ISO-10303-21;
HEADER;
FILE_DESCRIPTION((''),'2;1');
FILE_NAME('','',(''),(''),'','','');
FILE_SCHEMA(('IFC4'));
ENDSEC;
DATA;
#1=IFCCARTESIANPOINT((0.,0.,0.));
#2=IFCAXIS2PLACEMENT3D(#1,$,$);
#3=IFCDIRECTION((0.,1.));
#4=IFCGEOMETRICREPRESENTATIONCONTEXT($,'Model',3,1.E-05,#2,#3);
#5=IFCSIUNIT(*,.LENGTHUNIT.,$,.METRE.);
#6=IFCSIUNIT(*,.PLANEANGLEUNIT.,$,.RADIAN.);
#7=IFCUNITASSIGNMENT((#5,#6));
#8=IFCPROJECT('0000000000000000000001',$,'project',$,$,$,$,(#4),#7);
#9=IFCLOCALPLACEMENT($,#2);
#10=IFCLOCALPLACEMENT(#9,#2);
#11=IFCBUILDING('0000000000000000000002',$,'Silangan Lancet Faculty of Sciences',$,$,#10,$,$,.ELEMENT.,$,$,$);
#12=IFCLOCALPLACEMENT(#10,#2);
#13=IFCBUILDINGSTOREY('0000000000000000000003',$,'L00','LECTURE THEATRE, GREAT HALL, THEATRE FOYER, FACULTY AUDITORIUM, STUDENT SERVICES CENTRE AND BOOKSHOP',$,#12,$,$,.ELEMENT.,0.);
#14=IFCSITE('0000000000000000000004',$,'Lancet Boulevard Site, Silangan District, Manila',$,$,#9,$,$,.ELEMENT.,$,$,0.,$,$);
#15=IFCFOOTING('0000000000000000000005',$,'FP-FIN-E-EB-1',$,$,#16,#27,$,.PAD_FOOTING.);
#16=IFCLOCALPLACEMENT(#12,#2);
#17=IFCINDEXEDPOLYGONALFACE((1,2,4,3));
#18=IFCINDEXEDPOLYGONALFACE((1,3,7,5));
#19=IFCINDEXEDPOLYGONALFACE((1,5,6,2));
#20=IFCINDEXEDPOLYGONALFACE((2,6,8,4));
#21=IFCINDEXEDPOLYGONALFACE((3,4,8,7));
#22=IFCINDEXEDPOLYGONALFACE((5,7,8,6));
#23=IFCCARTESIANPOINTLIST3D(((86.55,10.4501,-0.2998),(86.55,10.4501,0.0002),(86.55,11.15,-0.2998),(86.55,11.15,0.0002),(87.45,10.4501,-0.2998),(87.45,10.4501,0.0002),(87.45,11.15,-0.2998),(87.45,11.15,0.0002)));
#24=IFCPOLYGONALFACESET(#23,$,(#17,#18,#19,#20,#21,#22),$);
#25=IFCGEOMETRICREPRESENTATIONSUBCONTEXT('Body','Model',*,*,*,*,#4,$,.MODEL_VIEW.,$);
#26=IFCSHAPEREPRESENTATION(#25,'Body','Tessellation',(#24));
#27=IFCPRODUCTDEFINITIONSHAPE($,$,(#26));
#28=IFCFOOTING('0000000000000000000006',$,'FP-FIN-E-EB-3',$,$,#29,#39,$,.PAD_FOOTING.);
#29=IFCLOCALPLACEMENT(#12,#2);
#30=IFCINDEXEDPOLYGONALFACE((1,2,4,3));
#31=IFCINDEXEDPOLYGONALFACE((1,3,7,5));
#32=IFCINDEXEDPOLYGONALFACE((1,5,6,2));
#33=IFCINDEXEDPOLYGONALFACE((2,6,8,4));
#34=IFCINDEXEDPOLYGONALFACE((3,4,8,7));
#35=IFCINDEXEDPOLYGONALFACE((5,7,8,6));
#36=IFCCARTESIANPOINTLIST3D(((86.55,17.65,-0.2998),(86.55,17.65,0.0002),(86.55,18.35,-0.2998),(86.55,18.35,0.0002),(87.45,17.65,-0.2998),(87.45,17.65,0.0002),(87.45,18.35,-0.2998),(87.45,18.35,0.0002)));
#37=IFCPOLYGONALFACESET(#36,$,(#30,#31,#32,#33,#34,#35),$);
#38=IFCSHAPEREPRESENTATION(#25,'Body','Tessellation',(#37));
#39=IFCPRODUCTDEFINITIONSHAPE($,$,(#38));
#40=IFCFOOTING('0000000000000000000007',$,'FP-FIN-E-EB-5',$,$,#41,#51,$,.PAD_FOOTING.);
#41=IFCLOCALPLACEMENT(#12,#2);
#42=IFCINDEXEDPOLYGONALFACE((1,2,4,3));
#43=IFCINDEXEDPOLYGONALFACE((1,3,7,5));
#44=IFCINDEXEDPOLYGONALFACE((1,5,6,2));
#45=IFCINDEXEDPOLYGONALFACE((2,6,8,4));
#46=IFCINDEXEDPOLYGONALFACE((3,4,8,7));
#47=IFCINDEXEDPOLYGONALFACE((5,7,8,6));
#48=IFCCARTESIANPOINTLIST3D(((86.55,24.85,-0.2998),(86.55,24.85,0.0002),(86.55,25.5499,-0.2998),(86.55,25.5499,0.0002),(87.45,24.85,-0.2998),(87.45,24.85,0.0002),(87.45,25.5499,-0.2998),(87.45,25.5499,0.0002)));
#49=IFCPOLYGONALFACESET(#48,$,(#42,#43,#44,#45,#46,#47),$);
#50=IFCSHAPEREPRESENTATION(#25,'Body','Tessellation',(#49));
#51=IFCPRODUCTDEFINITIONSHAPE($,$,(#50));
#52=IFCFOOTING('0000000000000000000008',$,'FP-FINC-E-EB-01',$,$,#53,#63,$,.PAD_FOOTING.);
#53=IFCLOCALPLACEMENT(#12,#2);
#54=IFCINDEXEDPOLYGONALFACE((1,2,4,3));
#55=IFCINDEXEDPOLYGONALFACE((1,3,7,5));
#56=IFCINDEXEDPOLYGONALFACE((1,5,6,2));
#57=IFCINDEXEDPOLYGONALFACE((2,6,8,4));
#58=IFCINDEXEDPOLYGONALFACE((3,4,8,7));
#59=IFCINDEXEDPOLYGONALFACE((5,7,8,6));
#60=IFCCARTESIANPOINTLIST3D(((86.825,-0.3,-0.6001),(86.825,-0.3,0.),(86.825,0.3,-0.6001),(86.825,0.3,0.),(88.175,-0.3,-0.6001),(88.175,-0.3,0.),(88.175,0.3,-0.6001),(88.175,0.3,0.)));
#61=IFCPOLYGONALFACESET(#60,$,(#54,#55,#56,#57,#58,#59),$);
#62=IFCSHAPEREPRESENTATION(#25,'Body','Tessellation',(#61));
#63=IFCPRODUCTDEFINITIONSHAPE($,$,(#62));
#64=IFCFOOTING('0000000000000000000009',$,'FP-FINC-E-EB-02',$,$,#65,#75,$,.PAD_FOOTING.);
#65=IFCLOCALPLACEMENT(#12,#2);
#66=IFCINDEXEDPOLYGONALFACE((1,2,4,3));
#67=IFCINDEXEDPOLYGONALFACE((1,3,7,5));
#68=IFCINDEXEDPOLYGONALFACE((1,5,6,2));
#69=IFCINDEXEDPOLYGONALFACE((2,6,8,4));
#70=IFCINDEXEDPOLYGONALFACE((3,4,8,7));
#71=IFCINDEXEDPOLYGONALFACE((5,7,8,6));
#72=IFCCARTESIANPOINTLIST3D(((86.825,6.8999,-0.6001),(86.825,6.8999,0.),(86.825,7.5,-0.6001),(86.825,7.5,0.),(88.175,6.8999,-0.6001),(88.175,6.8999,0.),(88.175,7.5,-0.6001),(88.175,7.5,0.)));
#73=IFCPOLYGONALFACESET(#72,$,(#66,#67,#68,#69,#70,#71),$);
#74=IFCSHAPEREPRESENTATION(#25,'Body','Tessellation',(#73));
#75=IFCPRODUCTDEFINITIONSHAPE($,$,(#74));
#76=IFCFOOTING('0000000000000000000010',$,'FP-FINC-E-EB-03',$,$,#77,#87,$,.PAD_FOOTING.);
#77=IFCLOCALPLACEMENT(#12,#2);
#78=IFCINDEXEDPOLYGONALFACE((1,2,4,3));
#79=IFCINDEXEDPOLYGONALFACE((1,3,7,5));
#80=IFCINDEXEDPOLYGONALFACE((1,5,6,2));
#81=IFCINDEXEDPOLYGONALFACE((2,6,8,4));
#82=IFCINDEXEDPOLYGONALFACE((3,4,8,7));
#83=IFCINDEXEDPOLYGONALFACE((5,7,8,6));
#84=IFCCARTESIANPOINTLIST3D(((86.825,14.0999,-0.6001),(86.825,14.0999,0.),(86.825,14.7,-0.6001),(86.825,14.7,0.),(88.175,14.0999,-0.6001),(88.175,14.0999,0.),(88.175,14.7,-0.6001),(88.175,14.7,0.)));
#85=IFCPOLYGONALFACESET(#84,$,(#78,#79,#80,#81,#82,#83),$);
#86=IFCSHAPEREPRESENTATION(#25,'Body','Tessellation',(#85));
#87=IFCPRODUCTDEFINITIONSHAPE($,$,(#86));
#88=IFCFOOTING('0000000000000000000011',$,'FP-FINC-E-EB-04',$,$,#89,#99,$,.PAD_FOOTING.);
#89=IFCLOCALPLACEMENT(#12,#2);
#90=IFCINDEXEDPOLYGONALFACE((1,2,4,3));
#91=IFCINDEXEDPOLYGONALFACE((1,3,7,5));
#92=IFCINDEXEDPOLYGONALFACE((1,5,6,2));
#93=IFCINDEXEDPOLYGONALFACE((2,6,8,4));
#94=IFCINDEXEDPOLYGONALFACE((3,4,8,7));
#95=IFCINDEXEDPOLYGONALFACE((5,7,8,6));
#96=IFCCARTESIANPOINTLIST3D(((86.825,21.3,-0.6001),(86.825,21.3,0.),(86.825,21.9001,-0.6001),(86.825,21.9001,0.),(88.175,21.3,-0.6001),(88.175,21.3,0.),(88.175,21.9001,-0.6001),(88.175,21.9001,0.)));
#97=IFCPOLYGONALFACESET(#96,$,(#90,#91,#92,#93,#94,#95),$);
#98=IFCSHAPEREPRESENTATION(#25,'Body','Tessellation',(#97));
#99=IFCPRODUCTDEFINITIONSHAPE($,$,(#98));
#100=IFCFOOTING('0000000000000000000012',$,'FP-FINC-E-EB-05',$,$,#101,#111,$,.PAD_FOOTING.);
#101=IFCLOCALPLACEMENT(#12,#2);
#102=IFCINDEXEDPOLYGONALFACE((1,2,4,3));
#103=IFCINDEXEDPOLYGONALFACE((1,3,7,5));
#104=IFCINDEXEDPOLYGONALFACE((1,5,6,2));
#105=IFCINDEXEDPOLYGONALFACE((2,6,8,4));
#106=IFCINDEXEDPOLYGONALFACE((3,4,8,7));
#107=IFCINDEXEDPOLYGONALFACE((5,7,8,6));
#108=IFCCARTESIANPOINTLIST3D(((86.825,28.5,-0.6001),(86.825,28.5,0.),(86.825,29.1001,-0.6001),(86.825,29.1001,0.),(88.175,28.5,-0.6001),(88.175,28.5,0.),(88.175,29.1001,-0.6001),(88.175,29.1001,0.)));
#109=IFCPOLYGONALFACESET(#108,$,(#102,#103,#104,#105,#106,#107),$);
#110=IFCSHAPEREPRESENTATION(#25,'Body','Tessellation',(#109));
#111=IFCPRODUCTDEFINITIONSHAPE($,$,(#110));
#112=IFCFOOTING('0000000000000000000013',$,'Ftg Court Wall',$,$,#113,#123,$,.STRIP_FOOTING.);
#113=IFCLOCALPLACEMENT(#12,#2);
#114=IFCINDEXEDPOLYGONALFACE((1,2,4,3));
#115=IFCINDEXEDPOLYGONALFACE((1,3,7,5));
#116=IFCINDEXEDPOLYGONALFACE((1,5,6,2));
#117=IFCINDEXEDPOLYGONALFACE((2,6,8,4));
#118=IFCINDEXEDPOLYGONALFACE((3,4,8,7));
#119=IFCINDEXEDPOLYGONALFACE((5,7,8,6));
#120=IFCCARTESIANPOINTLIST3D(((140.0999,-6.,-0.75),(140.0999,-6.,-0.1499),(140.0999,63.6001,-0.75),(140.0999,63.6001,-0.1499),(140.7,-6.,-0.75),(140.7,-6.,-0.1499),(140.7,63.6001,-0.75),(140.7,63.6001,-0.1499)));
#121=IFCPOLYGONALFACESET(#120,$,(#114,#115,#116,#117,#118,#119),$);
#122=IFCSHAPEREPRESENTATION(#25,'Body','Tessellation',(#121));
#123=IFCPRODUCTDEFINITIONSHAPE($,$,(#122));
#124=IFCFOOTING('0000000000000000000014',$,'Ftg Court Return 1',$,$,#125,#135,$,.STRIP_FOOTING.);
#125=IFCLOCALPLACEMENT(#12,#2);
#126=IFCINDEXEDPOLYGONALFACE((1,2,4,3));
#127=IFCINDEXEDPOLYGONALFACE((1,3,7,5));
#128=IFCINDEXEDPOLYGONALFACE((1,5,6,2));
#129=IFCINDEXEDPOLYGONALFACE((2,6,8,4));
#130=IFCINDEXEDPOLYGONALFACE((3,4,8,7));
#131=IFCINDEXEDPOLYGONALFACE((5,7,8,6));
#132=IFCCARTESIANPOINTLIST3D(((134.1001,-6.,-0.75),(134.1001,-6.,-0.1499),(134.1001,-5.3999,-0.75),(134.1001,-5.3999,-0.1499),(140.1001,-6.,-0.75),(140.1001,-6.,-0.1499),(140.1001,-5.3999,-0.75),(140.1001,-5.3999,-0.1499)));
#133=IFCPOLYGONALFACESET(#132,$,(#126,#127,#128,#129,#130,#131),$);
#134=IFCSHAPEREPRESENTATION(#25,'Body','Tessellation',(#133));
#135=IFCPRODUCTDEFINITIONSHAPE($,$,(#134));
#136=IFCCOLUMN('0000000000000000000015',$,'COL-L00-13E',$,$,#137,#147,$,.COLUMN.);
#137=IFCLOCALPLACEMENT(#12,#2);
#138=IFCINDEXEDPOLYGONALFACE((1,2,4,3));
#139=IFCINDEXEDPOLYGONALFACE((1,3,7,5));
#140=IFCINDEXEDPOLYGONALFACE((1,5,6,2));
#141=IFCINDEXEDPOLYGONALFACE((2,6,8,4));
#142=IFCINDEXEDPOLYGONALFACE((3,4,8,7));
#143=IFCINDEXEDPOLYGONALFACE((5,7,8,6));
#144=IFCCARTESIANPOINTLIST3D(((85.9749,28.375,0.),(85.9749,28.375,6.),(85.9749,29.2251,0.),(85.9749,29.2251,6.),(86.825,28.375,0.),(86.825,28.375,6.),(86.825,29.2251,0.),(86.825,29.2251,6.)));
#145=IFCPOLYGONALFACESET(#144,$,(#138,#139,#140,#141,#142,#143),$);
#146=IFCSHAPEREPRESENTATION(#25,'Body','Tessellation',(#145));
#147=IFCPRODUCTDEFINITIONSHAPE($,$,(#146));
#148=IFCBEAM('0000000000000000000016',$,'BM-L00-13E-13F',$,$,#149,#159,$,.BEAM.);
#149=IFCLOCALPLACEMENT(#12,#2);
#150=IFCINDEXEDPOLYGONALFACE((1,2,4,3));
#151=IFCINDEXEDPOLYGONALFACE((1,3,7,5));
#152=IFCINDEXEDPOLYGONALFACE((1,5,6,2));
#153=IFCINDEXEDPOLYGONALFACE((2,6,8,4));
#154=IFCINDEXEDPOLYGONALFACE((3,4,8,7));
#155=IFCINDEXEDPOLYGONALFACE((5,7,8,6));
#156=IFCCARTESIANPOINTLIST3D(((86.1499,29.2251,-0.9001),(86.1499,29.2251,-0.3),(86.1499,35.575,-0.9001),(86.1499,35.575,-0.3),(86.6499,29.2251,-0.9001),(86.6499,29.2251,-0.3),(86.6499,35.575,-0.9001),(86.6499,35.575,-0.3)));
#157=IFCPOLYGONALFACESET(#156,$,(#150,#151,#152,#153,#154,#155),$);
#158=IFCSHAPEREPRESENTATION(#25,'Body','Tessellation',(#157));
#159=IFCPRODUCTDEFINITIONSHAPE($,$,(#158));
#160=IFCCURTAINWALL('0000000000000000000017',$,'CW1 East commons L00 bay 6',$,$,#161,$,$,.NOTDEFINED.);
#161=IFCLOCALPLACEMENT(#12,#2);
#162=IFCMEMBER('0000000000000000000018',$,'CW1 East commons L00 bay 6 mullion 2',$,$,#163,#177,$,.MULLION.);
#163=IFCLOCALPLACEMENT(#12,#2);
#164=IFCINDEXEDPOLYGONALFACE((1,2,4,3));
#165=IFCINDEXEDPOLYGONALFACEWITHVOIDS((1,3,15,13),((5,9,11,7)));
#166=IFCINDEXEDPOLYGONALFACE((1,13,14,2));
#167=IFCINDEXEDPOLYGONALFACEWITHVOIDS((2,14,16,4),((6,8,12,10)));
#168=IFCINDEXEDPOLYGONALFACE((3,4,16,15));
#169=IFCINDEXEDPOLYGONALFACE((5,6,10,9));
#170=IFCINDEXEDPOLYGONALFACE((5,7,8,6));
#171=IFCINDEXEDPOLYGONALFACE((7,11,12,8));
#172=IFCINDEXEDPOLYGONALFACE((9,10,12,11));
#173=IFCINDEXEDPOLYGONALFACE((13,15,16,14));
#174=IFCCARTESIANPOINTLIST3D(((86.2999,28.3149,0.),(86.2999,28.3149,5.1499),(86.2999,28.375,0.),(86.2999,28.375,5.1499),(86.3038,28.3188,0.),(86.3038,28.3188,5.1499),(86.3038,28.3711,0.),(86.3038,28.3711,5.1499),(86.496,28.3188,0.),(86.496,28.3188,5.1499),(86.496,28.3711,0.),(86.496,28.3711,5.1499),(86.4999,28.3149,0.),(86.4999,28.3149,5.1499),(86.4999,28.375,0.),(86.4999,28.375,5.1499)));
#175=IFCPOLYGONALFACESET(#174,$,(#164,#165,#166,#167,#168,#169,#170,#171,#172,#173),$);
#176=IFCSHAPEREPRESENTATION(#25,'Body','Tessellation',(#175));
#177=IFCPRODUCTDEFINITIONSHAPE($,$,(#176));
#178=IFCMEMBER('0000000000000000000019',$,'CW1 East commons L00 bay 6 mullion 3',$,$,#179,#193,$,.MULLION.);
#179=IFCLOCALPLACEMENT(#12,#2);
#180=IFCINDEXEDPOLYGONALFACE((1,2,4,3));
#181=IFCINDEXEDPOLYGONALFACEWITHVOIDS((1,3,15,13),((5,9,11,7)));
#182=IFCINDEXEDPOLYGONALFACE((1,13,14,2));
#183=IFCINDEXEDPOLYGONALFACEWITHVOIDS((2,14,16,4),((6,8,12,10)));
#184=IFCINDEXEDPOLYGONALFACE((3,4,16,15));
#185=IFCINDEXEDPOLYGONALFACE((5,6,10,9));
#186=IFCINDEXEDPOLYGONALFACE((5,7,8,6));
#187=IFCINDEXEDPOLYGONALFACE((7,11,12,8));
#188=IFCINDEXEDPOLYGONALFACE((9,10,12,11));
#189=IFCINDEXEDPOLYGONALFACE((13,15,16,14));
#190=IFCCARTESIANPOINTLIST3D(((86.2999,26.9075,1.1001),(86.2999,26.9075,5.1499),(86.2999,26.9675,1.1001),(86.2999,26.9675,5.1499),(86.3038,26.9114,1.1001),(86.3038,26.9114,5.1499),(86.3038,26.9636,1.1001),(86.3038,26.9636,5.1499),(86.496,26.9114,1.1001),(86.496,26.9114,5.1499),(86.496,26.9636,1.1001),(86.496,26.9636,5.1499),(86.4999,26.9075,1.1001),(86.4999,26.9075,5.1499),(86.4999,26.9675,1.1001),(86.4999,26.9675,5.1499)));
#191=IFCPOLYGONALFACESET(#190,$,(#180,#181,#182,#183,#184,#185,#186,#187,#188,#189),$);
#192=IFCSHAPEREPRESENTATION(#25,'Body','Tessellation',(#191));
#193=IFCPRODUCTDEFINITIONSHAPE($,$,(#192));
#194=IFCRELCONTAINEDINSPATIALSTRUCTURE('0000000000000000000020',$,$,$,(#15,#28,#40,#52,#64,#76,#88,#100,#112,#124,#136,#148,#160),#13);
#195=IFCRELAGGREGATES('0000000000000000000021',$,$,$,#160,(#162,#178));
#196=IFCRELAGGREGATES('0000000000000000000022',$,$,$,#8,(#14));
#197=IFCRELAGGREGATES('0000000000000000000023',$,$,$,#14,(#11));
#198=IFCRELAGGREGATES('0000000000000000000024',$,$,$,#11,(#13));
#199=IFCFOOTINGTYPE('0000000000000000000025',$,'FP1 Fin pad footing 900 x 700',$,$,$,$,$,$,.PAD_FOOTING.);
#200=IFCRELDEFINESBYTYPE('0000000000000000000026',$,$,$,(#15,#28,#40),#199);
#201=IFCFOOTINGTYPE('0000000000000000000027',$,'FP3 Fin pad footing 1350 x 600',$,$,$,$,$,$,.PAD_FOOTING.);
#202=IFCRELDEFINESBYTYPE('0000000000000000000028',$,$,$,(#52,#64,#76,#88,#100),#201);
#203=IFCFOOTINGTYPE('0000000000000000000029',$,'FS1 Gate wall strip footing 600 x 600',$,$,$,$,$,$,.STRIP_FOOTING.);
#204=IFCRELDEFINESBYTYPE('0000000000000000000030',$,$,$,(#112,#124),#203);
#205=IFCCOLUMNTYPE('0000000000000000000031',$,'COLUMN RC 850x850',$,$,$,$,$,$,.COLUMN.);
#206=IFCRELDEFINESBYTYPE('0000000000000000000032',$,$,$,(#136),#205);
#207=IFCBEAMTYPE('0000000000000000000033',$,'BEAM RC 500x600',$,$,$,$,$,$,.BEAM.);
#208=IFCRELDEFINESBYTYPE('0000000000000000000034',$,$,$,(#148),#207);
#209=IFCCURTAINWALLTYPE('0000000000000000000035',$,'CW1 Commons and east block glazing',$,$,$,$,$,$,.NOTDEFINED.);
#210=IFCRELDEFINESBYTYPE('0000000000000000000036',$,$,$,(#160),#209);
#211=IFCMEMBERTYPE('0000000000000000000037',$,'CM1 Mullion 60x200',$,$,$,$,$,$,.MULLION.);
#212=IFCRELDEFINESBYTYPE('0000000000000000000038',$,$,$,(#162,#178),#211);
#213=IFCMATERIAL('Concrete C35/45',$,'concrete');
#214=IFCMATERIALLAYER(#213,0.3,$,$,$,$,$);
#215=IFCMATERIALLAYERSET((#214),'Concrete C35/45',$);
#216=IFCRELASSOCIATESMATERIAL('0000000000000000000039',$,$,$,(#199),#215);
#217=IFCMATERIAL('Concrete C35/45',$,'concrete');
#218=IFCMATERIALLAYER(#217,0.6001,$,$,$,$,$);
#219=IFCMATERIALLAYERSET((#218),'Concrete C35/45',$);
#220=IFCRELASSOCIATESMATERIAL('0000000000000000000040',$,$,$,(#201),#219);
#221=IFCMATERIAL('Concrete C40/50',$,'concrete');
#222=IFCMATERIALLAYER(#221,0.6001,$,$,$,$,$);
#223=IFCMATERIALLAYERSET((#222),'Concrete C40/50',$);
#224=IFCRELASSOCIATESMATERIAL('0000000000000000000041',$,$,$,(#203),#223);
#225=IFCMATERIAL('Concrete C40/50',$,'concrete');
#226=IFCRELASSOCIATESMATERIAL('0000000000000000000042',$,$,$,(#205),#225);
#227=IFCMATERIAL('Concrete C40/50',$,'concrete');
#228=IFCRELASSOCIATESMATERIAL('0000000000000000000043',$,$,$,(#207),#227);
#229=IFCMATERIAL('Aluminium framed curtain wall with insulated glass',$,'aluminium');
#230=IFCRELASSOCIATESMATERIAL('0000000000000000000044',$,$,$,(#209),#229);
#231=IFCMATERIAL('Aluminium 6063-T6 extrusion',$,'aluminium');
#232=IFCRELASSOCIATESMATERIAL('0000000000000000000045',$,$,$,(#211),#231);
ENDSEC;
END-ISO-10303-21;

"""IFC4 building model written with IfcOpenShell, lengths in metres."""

from ifc_helpers import new_model, si_unit, direction, frame, origin, origin_2d, place, context, subcontext, project, spatial, rectangle, hollow_rectangle, extrude, material, layer, layer_set, material_profile, profile_set, type_object, element, aggregate, save


model = new_model("IFC4")

# Units and contexts
model_context = context("Model", 3, precision=1e-05, world=origin(), true_north=direction((0.0, 1.0)))
body_context = subcontext(model_context, "Body", "Model", "MODEL_VIEW")
ifc_project = project(units=[si_unit("LENGTHUNIT", "METRE"), si_unit("PLANEANGLEUNIT", "RADIAN")], contexts=[model_context])

# Site, building, storey
site_placement = place(None, origin())
site = spatial("IfcSite", under=ifc_project, at=site_placement, Name="Lancet Boulevard Site, Silangan District, Manila", CompositionType="ELEMENT", RefElevation=0.0)
building_placement = place(site_placement, origin())
building = spatial("IfcBuilding", under=site, at=building_placement, Name="Silangan Lancet Faculty of Sciences", CompositionType="ELEMENT")
storey_placement = place(building_placement, origin())
storey = spatial("IfcBuildingStorey", under=building, at=storey_placement, Name="L00", Description="LECTURE THEATRE, GREAT HALL, THEATRE FOYER, FACULTY AUDITORIUM, STUDENT SERVICES CENTRE AND BOOKSHOP", CompositionType="ELEMENT", Elevation=0.0)

# Footings
ifc_material_1 = material(Name="Concrete C35/45", Category="concrete")
ifc_layer_1 = layer(ifc_material_1, 0.3)
ifc_layer_set_1 = layer_set([ifc_layer_1], Name="Concrete C35/45")
footing_type_1 = type_object("IfcFootingType", Name="FP1 Fin pad footing 900 x 700", PredefinedType="PAD_FOOTING", material=ifc_layer_set_1)
for number, where, z_axis, x_axis, name in (
    (1, (87.0, 10.8, -0.2998), (0.0, 0.0, 1.0), (1.0, 0.0, 0.0), "FP-FIN-E-EB-1"),
    (2, (87.0, 18.0, -0.2998), (0.0, 0.0, 1.0), (1.0, 0.0, 0.0), "FP-FIN-E-EB-3"),
    (3, (87.0, 25.2, -0.2998), (0.0, 0.0, 1.0), (1.0, 0.0, 0.0), "FP-FIN-E-EB-5"),
):
    element("IfcFooting", number, at=place(storey_placement, frame(where, z_axis=z_axis, x_axis=x_axis)), inside=storey, type_object=footing_type_1, Name=name, PredefinedType="PAD_FOOTING", context=body_context, shape_type="SweptSolid", body=[
        extrude(rectangle(XDim=0.8999, YDim=0.7, at=origin_2d()), origin(), (0.0, 0.0, 1.0), 0.3),
    ])
ifc_material_2 = material(Name="Concrete C35/45", Category="concrete")
ifc_layer_2 = layer(ifc_material_2, 0.6001)
ifc_layer_set_2 = layer_set([ifc_layer_2], Name="Concrete C35/45")
footing_type_2 = type_object("IfcFootingType", Name="FP3 Fin pad footing 1350 x 600", PredefinedType="PAD_FOOTING", material=ifc_layer_set_2)
for number, where, z_axis, x_axis, name in (
    (4, (87.5, 0.0, -0.6001), (0.0, 0.0, 1.0), (1.0, 0.0, 0.0), "FP-FINC-E-EB-01"),
    (5, (87.5, 7.2, -0.6001), (0.0, 0.0, 1.0), (1.0, 0.0, 0.0), "FP-FINC-E-EB-02"),
    (6, (87.5, 14.3999, -0.6001), (0.0, 0.0, 1.0), (1.0, 0.0, 0.0), "FP-FINC-E-EB-03"),
    (7, (87.5, 21.6001, -0.6001), (0.0, 0.0, 1.0), (1.0, 0.0, 0.0), "FP-FINC-E-EB-04"),
    (8, (87.5, 28.8, -0.6001), (0.0, 0.0, 1.0), (1.0, 0.0, 0.0), "FP-FINC-E-EB-05"),
):
    element("IfcFooting", number, at=place(storey_placement, frame(where, z_axis=z_axis, x_axis=x_axis)), inside=storey, type_object=footing_type_2, Name=name, PredefinedType="PAD_FOOTING", context=body_context, shape_type="SweptSolid", body=[
        extrude(rectangle(XDim=1.3501, YDim=0.6001, at=origin_2d()), origin(), (0.0, 0.0, 1.0), 0.6001),
    ])
ifc_material_3 = material(Name="Concrete C40/50", Category="concrete")
ifc_layer_3 = layer(ifc_material_3, 0.6001)
ifc_layer_set_3 = layer_set([ifc_layer_3], Name="Concrete C40/50")
footing_type_3 = type_object("IfcFootingType", Name="FS1 Gate wall strip footing 600 x 600", PredefinedType="STRIP_FOOTING", material=ifc_layer_set_3)
footing_1_placement = place(storey_placement, frame((140.3999, 28.8, -0.75), z_axis=(0.0, 0.0, 1.0), x_axis=(1.0, 0.0, 0.0)))
element("IfcFooting", 9, at=footing_1_placement, inside=storey, type_object=footing_type_3, Name="Ftg Court Wall", PredefinedType="STRIP_FOOTING", context=body_context, shape_type="SweptSolid", body=[
    extrude(rectangle(XDim=0.6001, YDim=69.6001, at=origin_2d()), origin(), (0.0, 0.0, 1.0), 0.6001),
])
footing_2_placement = place(storey_placement, frame((137.1001, -5.7, -0.75), z_axis=(0.0, 0.0, 1.0), x_axis=(1.0, 0.0, 0.0)))
element("IfcFooting", 10, at=footing_2_placement, inside=storey, type_object=footing_type_3, Name="Ftg Court Return 1", PredefinedType="STRIP_FOOTING", context=body_context, shape_type="SweptSolid", body=[
    extrude(rectangle(XDim=6.0, YDim=0.6001, at=origin_2d()), origin(), (0.0, 0.0, 1.0), 0.6001),
])

# Column
ifc_material_4 = material(Name="Concrete C40/50", Category="concrete")
ifc_material_profile_1 = material_profile(ifc_material_4, rectangle(XDim=0.8501, YDim=0.8501, at=origin_2d()), Name="RC 850x850")
ifc_profile_set_1 = profile_set([ifc_material_profile_1], Name="Concrete C40/50")
column_type = type_object("IfcColumnType", Name="COLUMN RC 850x850", PredefinedType="COLUMN", material=ifc_profile_set_1)
column_placement = place(storey_placement, frame((86.3999, 28.8, 0.0), z_axis=(0.0, 0.0, 1.0), x_axis=(1.0, 0.0, 0.0)))
element("IfcColumn", 11, at=column_placement, inside=storey, type_object=column_type, Name="COL-L00-13E", PredefinedType="COLUMN", context=body_context, shape_type="SweptSolid", body=[
    extrude(rectangle(XDim=0.8501, YDim=0.8501, at=origin_2d()), origin(), (0.0, 0.0, 1.0), 6.0),
])

# Beam
ifc_material_5 = material(Name="Concrete C40/50", Category="concrete")
ifc_material_profile_2 = material_profile(ifc_material_5, rectangle(XDim=0.5, YDim=0.6001, at=origin_2d()), Name="RC 500x600")
ifc_profile_set_2 = profile_set([ifc_material_profile_2], Name="Concrete C40/50")
beam_type = type_object("IfcBeamType", Name="BEAM RC 500x600", PredefinedType="BEAM", material=ifc_profile_set_2)
beam_placement = place(storey_placement, frame((86.3999, 29.2251, -0.6001), z_axis=(0.0, 1.0, 0.0), x_axis=(-1.0, 0.0, 0.0)))
element("IfcBeam", 12, at=beam_placement, inside=storey, type_object=beam_type, Name="BM-L00-13E-13F", PredefinedType="BEAM", context=body_context, shape_type="SweptSolid", body=[
    extrude(rectangle(XDim=0.5, YDim=0.6001, at=origin_2d()), origin(), (0.0, 0.0, 1.0), 6.3499),
])

# Curtain wall, members
ifc_material_6 = material(Name="Aluminium framed curtain wall with insulated glass", Category="aluminium")
curtain_wall_type = type_object("IfcCurtainWallType", Name="CW1 Commons and east block glazing", PredefinedType="NOTDEFINED", material=ifc_material_6)
curtain_wall_placement = place(storey_placement, origin())
curtain_wall = element("IfcCurtainWall", 13, at=curtain_wall_placement, inside=storey, type_object=curtain_wall_type, Name="CW1 East commons L00 bay 6", PredefinedType="NOTDEFINED")
ifc_material_7 = material(Name="Aluminium 6063-T6 extrusion", Category="aluminium")
ifc_material_profile_3 = material_profile(ifc_material_7, hollow_rectangle(XDim=0.0601, YDim=0.2, WallThickness=0.0039, at=origin_2d()), Name="AL BOX 60x200x4")
ifc_profile_set_3 = profile_set([ifc_material_profile_3], Name="Aluminium 6063-T6 extrusion")
member_type = type_object("IfcMemberType", Name="CM1 Mullion 60x200", PredefinedType="MULLION", material=ifc_profile_set_3)
member_1_placement = place(storey_placement, frame((86.3999, 28.345, 0.0), z_axis=(0.0, 0.0, 1.0), x_axis=(0.0, 1.0, 0.0)))
member_1 = element("IfcMember", 14, at=member_1_placement, type_object=member_type, Name="CW1 East commons L00 bay 6 mullion 2", PredefinedType="MULLION", context=body_context, shape_type="SweptSolid", body=[
    extrude(hollow_rectangle(XDim=0.0601, YDim=0.2, WallThickness=0.0039, at=origin_2d()), origin(), (0.0, 0.0, 1.0), 5.1499),
])
member_2_placement = place(storey_placement, frame((86.3999, 26.9375, 1.1001), z_axis=(0.0, 0.0, 1.0), x_axis=(0.0, 1.0, 0.0)))
member_2 = element("IfcMember", 15, at=member_2_placement, type_object=member_type, Name="CW1 East commons L00 bay 6 mullion 3", PredefinedType="MULLION", context=body_context, shape_type="SweptSolid", body=[
    extrude(hollow_rectangle(XDim=0.0601, YDim=0.2, WallThickness=0.0039, at=origin_2d()), origin(), (0.0, 0.0, 1.0), 4.0498),
])
aggregate(curtain_wall, [member_1, member_2])

save(model, "model.ifc")
